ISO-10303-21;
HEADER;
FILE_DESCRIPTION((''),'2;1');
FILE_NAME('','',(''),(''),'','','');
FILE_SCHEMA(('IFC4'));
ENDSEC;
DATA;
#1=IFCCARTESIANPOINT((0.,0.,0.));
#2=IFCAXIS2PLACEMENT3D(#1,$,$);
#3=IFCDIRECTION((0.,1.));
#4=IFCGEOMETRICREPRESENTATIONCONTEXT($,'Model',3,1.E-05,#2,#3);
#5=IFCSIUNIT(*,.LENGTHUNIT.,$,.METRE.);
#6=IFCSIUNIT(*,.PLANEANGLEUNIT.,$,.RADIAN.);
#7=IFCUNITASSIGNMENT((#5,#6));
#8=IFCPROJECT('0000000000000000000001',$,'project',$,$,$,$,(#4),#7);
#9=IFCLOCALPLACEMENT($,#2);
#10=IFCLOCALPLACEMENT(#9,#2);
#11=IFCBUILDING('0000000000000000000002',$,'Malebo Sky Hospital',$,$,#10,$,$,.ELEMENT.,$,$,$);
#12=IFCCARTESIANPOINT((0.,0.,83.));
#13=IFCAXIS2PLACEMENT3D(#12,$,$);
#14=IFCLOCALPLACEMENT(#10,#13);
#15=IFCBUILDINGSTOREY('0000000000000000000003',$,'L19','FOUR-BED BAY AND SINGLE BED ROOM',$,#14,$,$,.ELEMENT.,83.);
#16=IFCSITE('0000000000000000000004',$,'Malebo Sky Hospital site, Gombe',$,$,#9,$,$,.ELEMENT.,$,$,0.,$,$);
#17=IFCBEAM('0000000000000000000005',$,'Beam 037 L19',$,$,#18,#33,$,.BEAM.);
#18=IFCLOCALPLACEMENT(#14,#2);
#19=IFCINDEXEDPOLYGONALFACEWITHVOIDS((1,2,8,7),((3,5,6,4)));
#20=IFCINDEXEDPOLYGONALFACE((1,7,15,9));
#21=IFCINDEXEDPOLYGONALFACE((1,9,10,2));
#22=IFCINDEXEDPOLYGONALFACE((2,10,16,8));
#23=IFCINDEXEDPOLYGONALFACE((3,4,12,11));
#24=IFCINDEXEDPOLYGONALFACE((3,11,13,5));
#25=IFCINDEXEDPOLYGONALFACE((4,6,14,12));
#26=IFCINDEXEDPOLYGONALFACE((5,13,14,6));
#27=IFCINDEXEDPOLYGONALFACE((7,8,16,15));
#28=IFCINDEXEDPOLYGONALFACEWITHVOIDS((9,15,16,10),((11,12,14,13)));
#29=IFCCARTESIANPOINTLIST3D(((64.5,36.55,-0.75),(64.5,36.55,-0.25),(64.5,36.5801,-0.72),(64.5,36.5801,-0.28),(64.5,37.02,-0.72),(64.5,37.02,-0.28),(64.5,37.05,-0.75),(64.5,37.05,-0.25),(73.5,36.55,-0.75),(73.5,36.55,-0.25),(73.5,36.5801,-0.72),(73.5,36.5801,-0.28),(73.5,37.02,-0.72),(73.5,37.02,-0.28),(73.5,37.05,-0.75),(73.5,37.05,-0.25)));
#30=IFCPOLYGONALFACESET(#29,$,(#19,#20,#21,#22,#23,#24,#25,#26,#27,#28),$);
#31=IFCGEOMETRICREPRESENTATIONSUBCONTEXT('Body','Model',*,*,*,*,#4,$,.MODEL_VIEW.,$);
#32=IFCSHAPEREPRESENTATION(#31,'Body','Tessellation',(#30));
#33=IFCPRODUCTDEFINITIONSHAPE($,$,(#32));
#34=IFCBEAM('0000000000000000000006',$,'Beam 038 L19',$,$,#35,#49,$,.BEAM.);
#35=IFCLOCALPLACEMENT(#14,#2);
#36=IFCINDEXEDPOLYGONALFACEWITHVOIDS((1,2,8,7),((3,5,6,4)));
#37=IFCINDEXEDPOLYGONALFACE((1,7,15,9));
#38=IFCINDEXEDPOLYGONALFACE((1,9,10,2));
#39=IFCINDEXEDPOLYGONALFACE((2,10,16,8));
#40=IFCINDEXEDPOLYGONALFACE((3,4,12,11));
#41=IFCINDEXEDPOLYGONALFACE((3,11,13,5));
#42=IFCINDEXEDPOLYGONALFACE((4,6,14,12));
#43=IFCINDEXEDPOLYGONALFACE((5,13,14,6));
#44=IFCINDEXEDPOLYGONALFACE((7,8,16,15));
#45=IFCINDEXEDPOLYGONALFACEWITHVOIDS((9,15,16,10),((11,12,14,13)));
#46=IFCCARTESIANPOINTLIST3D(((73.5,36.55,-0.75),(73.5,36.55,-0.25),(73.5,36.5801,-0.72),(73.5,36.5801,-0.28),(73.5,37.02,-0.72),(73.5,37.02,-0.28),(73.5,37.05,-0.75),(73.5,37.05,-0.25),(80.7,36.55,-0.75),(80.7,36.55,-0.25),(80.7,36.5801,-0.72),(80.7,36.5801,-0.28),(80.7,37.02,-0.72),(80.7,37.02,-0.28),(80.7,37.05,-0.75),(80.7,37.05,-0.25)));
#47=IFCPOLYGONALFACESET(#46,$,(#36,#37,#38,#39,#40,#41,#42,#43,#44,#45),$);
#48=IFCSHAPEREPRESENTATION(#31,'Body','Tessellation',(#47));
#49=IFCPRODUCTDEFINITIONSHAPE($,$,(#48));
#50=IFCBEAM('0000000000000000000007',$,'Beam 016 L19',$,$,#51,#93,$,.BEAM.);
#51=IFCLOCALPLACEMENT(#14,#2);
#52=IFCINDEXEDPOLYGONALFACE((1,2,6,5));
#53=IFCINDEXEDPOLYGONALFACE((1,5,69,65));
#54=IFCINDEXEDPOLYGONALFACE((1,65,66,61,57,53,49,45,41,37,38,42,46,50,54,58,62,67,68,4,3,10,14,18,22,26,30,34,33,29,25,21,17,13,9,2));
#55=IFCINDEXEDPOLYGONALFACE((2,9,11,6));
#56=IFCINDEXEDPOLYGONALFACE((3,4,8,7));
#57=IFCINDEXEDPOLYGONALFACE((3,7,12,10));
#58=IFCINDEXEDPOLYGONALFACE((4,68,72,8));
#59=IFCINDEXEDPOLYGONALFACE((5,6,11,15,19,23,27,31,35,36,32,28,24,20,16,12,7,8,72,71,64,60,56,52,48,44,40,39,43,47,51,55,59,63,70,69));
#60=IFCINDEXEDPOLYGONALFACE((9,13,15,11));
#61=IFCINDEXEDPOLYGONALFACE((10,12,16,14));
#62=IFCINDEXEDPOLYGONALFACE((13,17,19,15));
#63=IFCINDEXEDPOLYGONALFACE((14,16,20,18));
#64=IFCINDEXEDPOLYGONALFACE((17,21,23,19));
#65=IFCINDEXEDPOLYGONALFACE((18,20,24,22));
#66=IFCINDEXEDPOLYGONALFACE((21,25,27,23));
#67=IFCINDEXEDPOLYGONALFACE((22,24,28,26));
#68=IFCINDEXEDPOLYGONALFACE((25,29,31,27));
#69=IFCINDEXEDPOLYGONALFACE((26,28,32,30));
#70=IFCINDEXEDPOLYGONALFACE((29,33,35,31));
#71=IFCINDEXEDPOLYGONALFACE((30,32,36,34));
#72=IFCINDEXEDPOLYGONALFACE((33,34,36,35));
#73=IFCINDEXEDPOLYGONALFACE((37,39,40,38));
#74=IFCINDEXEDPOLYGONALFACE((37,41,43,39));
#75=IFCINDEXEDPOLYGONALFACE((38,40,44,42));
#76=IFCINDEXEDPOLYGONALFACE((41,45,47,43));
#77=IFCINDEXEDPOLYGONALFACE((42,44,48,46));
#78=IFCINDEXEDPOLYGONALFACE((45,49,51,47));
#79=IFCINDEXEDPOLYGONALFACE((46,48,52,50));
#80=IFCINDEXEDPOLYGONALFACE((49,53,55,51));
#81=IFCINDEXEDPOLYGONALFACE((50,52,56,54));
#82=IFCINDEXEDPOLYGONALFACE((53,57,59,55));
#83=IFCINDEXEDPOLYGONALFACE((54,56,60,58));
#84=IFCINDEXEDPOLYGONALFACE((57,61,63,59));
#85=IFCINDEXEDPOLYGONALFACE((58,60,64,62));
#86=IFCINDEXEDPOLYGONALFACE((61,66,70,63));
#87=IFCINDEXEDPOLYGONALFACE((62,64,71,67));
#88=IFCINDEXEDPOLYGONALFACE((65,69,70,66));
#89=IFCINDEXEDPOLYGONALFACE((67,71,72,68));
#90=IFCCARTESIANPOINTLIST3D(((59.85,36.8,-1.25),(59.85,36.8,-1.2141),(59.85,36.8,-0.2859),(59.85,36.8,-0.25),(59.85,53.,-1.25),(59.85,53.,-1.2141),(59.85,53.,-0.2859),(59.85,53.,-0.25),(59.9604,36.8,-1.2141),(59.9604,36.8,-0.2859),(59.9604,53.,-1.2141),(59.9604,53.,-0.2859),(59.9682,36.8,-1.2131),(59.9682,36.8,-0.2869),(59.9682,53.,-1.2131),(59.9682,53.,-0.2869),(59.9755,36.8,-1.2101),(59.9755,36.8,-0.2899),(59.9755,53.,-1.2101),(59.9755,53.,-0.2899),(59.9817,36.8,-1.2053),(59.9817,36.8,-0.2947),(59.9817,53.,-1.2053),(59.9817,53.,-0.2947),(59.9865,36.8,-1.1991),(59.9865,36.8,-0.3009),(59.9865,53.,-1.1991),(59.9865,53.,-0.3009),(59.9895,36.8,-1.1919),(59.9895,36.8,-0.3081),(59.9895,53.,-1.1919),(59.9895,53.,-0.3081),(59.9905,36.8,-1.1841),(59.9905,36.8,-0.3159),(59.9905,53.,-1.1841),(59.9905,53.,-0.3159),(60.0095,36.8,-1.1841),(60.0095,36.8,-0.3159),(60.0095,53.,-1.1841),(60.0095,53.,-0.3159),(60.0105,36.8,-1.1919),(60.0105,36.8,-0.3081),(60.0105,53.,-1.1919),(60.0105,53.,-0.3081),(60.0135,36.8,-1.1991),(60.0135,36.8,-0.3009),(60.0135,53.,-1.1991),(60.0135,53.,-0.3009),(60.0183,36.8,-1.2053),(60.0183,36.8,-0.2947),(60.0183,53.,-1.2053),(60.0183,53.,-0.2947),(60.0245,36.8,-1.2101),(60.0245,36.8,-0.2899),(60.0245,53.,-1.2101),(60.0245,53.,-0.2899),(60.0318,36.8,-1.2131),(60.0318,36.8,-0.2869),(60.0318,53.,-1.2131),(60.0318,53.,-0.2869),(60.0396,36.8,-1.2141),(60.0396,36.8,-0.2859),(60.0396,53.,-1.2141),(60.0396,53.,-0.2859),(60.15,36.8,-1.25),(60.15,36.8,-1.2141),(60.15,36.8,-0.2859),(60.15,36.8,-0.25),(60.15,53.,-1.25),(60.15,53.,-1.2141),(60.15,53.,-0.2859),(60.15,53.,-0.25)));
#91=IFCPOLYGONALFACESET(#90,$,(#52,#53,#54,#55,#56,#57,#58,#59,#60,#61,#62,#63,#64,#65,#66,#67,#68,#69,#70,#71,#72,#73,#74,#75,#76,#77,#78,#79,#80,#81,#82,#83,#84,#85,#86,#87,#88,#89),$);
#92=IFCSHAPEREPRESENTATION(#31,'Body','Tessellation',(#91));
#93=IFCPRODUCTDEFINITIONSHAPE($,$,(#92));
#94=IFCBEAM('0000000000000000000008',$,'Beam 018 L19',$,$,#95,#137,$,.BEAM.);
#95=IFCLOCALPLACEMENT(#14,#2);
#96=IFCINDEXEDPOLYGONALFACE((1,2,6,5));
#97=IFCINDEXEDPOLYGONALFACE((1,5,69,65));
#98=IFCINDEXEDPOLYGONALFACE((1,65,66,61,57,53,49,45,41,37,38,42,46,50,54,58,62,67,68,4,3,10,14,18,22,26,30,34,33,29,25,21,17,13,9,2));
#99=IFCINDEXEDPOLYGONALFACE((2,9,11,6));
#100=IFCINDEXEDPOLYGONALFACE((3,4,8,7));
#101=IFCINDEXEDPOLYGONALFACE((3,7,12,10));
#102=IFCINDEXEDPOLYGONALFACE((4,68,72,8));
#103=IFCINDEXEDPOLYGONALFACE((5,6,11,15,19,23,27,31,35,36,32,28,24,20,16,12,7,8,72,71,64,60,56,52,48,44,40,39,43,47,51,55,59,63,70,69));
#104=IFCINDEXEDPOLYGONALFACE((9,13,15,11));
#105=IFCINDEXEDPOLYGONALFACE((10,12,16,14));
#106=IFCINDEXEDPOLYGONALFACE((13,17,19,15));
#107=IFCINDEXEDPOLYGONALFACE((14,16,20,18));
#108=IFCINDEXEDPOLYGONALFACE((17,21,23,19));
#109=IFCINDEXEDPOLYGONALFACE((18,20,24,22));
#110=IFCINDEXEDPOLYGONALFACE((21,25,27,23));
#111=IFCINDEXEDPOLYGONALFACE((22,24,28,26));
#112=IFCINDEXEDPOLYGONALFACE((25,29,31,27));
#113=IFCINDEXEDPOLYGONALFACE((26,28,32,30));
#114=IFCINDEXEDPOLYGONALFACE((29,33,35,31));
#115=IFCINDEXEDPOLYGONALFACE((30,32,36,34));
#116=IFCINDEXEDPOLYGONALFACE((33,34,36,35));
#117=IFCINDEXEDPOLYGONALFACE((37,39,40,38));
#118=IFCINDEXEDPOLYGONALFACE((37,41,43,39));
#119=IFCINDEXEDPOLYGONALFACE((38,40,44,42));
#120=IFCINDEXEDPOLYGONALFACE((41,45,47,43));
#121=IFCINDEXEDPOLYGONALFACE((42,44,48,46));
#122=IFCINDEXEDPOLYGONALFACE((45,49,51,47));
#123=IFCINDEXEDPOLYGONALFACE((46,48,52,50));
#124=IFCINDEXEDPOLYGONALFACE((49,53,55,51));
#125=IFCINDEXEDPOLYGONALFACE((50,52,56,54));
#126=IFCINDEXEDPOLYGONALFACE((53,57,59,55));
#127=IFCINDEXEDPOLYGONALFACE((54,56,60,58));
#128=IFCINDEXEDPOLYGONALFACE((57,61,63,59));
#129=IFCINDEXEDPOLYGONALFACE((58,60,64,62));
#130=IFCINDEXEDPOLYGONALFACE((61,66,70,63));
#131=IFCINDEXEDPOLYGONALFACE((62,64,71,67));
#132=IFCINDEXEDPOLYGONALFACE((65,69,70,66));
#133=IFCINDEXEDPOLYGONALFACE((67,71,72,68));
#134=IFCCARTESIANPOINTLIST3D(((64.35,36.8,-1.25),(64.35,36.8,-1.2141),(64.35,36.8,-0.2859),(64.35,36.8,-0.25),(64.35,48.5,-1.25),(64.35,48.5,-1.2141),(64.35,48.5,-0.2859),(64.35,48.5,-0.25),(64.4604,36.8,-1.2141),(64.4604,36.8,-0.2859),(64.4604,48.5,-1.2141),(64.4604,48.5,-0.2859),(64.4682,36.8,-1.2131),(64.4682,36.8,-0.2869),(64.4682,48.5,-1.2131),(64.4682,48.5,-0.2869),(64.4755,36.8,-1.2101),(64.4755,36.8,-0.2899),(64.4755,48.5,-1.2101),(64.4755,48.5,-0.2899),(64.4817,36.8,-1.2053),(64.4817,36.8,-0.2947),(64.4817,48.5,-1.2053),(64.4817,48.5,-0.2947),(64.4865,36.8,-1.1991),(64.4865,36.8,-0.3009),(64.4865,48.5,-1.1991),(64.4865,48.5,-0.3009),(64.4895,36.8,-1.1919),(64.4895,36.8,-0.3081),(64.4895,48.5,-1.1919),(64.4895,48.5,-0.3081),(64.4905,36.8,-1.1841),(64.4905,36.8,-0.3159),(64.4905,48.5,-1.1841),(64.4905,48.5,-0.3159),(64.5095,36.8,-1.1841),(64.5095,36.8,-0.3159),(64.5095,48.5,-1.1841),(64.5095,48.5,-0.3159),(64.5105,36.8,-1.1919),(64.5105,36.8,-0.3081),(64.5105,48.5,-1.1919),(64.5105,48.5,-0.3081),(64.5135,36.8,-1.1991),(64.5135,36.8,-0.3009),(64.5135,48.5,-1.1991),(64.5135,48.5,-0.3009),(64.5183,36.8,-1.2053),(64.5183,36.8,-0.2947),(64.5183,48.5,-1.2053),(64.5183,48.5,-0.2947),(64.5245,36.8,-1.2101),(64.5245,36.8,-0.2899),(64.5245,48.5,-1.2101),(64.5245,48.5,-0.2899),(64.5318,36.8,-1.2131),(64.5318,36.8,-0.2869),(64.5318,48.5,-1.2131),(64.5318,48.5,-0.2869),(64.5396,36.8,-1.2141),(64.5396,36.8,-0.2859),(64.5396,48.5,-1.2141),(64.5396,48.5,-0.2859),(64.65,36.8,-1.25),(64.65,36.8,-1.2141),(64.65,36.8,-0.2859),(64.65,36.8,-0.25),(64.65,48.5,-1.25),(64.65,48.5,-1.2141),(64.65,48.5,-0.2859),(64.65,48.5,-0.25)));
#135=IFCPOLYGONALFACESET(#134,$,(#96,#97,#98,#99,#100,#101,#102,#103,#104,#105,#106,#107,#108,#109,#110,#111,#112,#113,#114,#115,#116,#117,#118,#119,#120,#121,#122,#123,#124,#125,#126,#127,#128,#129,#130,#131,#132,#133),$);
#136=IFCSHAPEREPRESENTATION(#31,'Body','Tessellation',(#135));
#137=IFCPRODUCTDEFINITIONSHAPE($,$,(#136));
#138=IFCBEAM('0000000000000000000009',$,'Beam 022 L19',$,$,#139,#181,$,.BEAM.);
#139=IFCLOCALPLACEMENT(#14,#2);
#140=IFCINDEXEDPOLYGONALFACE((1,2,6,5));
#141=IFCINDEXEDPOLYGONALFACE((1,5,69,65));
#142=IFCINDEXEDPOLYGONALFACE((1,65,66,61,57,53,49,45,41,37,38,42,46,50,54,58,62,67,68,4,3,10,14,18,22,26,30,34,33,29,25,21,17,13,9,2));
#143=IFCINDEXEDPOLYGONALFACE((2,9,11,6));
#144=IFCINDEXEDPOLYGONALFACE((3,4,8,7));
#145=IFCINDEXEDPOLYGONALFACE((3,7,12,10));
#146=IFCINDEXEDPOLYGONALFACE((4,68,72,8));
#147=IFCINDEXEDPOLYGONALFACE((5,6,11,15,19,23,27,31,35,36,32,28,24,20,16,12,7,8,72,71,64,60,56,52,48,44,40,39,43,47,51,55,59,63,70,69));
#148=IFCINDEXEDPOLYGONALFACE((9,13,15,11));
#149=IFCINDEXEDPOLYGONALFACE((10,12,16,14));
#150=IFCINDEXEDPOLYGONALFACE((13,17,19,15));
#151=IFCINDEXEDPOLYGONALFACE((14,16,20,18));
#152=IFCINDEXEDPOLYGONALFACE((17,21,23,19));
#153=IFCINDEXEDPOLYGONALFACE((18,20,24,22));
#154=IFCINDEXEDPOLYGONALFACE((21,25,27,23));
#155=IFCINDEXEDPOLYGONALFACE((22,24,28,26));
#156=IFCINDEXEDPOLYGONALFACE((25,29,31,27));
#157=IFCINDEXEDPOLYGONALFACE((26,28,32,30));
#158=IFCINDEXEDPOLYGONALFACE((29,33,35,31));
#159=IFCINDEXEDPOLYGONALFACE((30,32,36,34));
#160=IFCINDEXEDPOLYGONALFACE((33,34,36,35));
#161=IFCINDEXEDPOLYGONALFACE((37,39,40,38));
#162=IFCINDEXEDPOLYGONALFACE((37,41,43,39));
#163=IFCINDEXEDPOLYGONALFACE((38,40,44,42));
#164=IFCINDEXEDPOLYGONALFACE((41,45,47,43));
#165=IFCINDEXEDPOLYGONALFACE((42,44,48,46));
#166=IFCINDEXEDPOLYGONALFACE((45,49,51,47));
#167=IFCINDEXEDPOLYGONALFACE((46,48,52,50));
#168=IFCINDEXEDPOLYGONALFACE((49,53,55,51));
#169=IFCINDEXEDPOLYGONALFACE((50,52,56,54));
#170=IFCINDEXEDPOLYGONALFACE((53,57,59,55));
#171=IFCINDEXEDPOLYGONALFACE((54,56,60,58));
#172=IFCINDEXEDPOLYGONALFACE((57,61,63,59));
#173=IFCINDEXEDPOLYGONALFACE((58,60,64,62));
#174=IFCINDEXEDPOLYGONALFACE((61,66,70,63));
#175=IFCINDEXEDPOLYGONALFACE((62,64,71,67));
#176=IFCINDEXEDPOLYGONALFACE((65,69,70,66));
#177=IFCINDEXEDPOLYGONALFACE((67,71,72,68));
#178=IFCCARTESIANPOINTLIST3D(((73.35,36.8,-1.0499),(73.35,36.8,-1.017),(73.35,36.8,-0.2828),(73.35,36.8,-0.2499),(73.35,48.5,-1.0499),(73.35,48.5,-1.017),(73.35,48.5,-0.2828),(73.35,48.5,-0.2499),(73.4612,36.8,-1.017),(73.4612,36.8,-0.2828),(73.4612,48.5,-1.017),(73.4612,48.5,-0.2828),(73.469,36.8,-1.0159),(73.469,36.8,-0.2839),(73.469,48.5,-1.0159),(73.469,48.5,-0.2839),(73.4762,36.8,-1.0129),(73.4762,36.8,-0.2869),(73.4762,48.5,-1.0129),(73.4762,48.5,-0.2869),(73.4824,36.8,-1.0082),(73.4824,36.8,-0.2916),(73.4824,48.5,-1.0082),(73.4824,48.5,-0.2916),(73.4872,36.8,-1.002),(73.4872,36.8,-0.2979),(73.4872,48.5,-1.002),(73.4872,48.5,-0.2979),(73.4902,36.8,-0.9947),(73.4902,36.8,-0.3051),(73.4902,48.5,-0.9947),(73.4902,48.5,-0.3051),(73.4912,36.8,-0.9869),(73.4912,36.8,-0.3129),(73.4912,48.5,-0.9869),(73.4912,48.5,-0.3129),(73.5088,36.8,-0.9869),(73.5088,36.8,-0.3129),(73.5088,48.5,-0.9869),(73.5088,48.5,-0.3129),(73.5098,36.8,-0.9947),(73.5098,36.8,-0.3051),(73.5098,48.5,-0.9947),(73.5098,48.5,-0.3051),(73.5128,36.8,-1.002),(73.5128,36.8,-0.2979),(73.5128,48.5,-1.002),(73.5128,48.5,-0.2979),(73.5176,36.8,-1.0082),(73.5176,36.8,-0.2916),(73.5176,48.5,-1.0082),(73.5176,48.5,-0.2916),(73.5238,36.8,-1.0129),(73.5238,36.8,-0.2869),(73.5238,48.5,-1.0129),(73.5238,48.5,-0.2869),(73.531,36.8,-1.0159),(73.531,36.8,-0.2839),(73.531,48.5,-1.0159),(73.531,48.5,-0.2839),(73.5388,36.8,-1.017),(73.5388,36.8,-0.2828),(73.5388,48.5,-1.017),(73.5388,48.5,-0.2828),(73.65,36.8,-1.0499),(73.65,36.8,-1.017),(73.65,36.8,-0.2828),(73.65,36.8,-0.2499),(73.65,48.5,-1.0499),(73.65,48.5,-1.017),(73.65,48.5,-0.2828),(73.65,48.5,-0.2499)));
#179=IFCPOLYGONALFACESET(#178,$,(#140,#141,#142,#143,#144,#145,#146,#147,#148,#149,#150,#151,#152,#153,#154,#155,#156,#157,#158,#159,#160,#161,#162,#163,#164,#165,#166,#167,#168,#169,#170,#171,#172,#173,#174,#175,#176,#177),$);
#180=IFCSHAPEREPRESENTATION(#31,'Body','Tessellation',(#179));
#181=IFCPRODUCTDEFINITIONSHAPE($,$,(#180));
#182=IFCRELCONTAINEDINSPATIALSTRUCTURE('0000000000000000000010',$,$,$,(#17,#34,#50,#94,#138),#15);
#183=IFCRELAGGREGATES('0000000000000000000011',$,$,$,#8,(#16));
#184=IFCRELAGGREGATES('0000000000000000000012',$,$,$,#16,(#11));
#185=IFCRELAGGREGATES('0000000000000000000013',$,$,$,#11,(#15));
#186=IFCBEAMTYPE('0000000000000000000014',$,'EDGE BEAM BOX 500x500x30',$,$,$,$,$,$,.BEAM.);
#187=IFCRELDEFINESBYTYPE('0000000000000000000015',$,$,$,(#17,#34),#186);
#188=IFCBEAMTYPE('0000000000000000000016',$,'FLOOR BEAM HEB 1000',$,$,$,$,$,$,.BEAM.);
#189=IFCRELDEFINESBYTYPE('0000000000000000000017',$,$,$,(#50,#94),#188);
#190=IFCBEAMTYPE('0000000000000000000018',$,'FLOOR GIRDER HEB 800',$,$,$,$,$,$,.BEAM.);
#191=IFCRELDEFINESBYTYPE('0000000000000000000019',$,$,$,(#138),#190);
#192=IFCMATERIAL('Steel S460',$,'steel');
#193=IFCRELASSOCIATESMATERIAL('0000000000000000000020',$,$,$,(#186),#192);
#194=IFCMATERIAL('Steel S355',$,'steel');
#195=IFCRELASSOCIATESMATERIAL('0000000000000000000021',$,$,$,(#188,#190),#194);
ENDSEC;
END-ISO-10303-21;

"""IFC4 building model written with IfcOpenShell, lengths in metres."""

from ifc_helpers import new_model, si_unit, direction, frame, origin, origin_2d, place, context, subcontext, project, spatial, hollow_rectangle, i_section, extrude, material, material_profile, profile_set, type_object, element, save


model = new_model("IFC4")

# Units and contexts
model_context = context("Model", 3, precision=1e-05, world=origin(), true_north=direction((0.0, 1.0)))
body_context = subcontext(model_context, "Body", "Model", "MODEL_VIEW")
ifc_project = project(units=[si_unit("LENGTHUNIT", "METRE"), si_unit("PLANEANGLEUNIT", "RADIAN")], contexts=[model_context])

# Site, building, storey
site_placement = place(None, origin())
site = spatial("IfcSite", under=ifc_project, at=site_placement, Name="Malebo Sky Hospital site, Gombe", CompositionType="ELEMENT", RefElevation=0.0)
building_placement = place(site_placement, origin())
building = spatial("IfcBuilding", under=site, at=building_placement, Name="Malebo Sky Hospital", CompositionType="ELEMENT")
storey_placement = place(building_placement, frame((0.0, 0.0, 83.0)))
storey = spatial("IfcBuildingStorey", under=building, at=storey_placement, Name="L19", Description="FOUR-BED BAY AND SINGLE BED ROOM", CompositionType="ELEMENT", Elevation=83.0)

# Shared definitions
ifc_material_1 = material(Name="Steel S460", Category="steel")

# Shared definitions
ifc_material_2 = material(Name="Steel S355", Category="steel")

# Beams
ifc_material_profile_1 = material_profile(ifc_material_1, hollow_rectangle(XDim=0.5, YDim=0.5, WallThickness=0.03, at=origin_2d()), Name="BOX 500x500x30")
ifc_profile_set_1 = profile_set([ifc_material_profile_1], Name="Steel S460")
beam_type_1 = type_object("IfcBeamType", Name="EDGE BEAM BOX 500x500x30", PredefinedType="BEAM", material=ifc_profile_set_1)
beam_1_placement = place(storey_placement, frame((64.5, 36.8, -0.5), z_axis=(1.0, 0.0, 0.0), x_axis=(0.0, 1.0, 0.0)))
element("IfcBeam", 1, at=beam_1_placement, inside=storey, type_object=beam_type_1, Name="Beam 037 L19", PredefinedType="BEAM", context=body_context, shape_type="SweptSolid", body=[
    extrude(hollow_rectangle(XDim=0.5, YDim=0.5, WallThickness=0.03, at=origin_2d()), origin(), (0.0, 0.0, 1.0), 9.0),
])
beam_2_placement = place(storey_placement, frame((73.5, 36.8, -0.5), z_axis=(1.0, 0.0, 0.0), x_axis=(0.0, 1.0, 0.0)))
element("IfcBeam", 2, at=beam_2_placement, inside=storey, type_object=beam_type_1, Name="Beam 038 L19", PredefinedType="BEAM", context=body_context, shape_type="SweptSolid", body=[
    extrude(hollow_rectangle(XDim=0.5, YDim=0.5, WallThickness=0.03, at=origin_2d()), origin(), (0.0, 0.0, 1.0), 7.2),
])
ifc_material_profile_2 = material_profile(ifc_material_2, i_section(OverallWidth=0.3, OverallDepth=1.0, WebThickness=0.019, FlangeThickness=0.0359, FilletRadius=0.03, at=origin_2d()), Name="HEB 1000")
ifc_profile_set_2 = profile_set([ifc_material_profile_2], Name="Steel S355")
beam_type_2 = type_object("IfcBeamType", Name="FLOOR BEAM HEB 1000", PredefinedType="BEAM", material=ifc_profile_set_2)
beam_3_placement = place(storey_placement, frame((60.0, 36.8, -0.75), z_axis=(0.0, 1.0, 0.0), x_axis=(-1.0, 0.0, 0.0)))
element("IfcBeam", 3, at=beam_3_placement, inside=storey, type_object=beam_type_2, Name="Beam 016 L19", PredefinedType="BEAM", context=body_context, shape_type="SweptSolid", body=[
    extrude(i_section(OverallWidth=0.3, OverallDepth=1.0, WebThickness=0.019, FlangeThickness=0.0359, FilletRadius=0.03, at=origin_2d()), origin(), (0.0, 0.0, 1.0), 16.2),
])
beam_4_placement = place(storey_placement, frame((64.5, 36.8, -0.75), z_axis=(0.0, 1.0, 0.0), x_axis=(-1.0, 0.0, 0.0)))
element("IfcBeam", 4, at=beam_4_placement, inside=storey, type_object=beam_type_2, Name="Beam 018 L19", PredefinedType="BEAM", context=body_context, shape_type="SweptSolid", body=[
    extrude(i_section(OverallWidth=0.3, OverallDepth=1.0, WebThickness=0.019, FlangeThickness=0.0359, FilletRadius=0.03, at=origin_2d()), origin(), (0.0, 0.0, 1.0), 11.7),
])
ifc_material_profile_3 = material_profile(ifc_material_2, i_section(OverallWidth=0.3, OverallDepth=0.8, WebThickness=0.0176, FlangeThickness=0.033, FilletRadius=0.03, at=origin_2d()), Name="HEB 800")
ifc_profile_set_3 = profile_set([ifc_material_profile_3], Name="Steel S355")
beam_type_3 = type_object("IfcBeamType", Name="FLOOR GIRDER HEB 800", PredefinedType="BEAM", material=ifc_profile_set_3)
beam_5_placement = place(storey_placement, frame((73.5, 36.8, -0.6499), z_axis=(0.0, 1.0, 0.0), x_axis=(-1.0, 0.0, 0.0)))
element("IfcBeam", 5, at=beam_5_placement, inside=storey, type_object=beam_type_3, Name="Beam 022 L19", PredefinedType="BEAM", context=body_context, shape_type="SweptSolid", body=[
    extrude(i_section(OverallWidth=0.3, OverallDepth=0.8, WebThickness=0.0176, FlangeThickness=0.033, FilletRadius=0.03, at=origin_2d()), origin(), (0.0, 0.0, 1.0), 11.7),
])

save(model, "model.ifc")
